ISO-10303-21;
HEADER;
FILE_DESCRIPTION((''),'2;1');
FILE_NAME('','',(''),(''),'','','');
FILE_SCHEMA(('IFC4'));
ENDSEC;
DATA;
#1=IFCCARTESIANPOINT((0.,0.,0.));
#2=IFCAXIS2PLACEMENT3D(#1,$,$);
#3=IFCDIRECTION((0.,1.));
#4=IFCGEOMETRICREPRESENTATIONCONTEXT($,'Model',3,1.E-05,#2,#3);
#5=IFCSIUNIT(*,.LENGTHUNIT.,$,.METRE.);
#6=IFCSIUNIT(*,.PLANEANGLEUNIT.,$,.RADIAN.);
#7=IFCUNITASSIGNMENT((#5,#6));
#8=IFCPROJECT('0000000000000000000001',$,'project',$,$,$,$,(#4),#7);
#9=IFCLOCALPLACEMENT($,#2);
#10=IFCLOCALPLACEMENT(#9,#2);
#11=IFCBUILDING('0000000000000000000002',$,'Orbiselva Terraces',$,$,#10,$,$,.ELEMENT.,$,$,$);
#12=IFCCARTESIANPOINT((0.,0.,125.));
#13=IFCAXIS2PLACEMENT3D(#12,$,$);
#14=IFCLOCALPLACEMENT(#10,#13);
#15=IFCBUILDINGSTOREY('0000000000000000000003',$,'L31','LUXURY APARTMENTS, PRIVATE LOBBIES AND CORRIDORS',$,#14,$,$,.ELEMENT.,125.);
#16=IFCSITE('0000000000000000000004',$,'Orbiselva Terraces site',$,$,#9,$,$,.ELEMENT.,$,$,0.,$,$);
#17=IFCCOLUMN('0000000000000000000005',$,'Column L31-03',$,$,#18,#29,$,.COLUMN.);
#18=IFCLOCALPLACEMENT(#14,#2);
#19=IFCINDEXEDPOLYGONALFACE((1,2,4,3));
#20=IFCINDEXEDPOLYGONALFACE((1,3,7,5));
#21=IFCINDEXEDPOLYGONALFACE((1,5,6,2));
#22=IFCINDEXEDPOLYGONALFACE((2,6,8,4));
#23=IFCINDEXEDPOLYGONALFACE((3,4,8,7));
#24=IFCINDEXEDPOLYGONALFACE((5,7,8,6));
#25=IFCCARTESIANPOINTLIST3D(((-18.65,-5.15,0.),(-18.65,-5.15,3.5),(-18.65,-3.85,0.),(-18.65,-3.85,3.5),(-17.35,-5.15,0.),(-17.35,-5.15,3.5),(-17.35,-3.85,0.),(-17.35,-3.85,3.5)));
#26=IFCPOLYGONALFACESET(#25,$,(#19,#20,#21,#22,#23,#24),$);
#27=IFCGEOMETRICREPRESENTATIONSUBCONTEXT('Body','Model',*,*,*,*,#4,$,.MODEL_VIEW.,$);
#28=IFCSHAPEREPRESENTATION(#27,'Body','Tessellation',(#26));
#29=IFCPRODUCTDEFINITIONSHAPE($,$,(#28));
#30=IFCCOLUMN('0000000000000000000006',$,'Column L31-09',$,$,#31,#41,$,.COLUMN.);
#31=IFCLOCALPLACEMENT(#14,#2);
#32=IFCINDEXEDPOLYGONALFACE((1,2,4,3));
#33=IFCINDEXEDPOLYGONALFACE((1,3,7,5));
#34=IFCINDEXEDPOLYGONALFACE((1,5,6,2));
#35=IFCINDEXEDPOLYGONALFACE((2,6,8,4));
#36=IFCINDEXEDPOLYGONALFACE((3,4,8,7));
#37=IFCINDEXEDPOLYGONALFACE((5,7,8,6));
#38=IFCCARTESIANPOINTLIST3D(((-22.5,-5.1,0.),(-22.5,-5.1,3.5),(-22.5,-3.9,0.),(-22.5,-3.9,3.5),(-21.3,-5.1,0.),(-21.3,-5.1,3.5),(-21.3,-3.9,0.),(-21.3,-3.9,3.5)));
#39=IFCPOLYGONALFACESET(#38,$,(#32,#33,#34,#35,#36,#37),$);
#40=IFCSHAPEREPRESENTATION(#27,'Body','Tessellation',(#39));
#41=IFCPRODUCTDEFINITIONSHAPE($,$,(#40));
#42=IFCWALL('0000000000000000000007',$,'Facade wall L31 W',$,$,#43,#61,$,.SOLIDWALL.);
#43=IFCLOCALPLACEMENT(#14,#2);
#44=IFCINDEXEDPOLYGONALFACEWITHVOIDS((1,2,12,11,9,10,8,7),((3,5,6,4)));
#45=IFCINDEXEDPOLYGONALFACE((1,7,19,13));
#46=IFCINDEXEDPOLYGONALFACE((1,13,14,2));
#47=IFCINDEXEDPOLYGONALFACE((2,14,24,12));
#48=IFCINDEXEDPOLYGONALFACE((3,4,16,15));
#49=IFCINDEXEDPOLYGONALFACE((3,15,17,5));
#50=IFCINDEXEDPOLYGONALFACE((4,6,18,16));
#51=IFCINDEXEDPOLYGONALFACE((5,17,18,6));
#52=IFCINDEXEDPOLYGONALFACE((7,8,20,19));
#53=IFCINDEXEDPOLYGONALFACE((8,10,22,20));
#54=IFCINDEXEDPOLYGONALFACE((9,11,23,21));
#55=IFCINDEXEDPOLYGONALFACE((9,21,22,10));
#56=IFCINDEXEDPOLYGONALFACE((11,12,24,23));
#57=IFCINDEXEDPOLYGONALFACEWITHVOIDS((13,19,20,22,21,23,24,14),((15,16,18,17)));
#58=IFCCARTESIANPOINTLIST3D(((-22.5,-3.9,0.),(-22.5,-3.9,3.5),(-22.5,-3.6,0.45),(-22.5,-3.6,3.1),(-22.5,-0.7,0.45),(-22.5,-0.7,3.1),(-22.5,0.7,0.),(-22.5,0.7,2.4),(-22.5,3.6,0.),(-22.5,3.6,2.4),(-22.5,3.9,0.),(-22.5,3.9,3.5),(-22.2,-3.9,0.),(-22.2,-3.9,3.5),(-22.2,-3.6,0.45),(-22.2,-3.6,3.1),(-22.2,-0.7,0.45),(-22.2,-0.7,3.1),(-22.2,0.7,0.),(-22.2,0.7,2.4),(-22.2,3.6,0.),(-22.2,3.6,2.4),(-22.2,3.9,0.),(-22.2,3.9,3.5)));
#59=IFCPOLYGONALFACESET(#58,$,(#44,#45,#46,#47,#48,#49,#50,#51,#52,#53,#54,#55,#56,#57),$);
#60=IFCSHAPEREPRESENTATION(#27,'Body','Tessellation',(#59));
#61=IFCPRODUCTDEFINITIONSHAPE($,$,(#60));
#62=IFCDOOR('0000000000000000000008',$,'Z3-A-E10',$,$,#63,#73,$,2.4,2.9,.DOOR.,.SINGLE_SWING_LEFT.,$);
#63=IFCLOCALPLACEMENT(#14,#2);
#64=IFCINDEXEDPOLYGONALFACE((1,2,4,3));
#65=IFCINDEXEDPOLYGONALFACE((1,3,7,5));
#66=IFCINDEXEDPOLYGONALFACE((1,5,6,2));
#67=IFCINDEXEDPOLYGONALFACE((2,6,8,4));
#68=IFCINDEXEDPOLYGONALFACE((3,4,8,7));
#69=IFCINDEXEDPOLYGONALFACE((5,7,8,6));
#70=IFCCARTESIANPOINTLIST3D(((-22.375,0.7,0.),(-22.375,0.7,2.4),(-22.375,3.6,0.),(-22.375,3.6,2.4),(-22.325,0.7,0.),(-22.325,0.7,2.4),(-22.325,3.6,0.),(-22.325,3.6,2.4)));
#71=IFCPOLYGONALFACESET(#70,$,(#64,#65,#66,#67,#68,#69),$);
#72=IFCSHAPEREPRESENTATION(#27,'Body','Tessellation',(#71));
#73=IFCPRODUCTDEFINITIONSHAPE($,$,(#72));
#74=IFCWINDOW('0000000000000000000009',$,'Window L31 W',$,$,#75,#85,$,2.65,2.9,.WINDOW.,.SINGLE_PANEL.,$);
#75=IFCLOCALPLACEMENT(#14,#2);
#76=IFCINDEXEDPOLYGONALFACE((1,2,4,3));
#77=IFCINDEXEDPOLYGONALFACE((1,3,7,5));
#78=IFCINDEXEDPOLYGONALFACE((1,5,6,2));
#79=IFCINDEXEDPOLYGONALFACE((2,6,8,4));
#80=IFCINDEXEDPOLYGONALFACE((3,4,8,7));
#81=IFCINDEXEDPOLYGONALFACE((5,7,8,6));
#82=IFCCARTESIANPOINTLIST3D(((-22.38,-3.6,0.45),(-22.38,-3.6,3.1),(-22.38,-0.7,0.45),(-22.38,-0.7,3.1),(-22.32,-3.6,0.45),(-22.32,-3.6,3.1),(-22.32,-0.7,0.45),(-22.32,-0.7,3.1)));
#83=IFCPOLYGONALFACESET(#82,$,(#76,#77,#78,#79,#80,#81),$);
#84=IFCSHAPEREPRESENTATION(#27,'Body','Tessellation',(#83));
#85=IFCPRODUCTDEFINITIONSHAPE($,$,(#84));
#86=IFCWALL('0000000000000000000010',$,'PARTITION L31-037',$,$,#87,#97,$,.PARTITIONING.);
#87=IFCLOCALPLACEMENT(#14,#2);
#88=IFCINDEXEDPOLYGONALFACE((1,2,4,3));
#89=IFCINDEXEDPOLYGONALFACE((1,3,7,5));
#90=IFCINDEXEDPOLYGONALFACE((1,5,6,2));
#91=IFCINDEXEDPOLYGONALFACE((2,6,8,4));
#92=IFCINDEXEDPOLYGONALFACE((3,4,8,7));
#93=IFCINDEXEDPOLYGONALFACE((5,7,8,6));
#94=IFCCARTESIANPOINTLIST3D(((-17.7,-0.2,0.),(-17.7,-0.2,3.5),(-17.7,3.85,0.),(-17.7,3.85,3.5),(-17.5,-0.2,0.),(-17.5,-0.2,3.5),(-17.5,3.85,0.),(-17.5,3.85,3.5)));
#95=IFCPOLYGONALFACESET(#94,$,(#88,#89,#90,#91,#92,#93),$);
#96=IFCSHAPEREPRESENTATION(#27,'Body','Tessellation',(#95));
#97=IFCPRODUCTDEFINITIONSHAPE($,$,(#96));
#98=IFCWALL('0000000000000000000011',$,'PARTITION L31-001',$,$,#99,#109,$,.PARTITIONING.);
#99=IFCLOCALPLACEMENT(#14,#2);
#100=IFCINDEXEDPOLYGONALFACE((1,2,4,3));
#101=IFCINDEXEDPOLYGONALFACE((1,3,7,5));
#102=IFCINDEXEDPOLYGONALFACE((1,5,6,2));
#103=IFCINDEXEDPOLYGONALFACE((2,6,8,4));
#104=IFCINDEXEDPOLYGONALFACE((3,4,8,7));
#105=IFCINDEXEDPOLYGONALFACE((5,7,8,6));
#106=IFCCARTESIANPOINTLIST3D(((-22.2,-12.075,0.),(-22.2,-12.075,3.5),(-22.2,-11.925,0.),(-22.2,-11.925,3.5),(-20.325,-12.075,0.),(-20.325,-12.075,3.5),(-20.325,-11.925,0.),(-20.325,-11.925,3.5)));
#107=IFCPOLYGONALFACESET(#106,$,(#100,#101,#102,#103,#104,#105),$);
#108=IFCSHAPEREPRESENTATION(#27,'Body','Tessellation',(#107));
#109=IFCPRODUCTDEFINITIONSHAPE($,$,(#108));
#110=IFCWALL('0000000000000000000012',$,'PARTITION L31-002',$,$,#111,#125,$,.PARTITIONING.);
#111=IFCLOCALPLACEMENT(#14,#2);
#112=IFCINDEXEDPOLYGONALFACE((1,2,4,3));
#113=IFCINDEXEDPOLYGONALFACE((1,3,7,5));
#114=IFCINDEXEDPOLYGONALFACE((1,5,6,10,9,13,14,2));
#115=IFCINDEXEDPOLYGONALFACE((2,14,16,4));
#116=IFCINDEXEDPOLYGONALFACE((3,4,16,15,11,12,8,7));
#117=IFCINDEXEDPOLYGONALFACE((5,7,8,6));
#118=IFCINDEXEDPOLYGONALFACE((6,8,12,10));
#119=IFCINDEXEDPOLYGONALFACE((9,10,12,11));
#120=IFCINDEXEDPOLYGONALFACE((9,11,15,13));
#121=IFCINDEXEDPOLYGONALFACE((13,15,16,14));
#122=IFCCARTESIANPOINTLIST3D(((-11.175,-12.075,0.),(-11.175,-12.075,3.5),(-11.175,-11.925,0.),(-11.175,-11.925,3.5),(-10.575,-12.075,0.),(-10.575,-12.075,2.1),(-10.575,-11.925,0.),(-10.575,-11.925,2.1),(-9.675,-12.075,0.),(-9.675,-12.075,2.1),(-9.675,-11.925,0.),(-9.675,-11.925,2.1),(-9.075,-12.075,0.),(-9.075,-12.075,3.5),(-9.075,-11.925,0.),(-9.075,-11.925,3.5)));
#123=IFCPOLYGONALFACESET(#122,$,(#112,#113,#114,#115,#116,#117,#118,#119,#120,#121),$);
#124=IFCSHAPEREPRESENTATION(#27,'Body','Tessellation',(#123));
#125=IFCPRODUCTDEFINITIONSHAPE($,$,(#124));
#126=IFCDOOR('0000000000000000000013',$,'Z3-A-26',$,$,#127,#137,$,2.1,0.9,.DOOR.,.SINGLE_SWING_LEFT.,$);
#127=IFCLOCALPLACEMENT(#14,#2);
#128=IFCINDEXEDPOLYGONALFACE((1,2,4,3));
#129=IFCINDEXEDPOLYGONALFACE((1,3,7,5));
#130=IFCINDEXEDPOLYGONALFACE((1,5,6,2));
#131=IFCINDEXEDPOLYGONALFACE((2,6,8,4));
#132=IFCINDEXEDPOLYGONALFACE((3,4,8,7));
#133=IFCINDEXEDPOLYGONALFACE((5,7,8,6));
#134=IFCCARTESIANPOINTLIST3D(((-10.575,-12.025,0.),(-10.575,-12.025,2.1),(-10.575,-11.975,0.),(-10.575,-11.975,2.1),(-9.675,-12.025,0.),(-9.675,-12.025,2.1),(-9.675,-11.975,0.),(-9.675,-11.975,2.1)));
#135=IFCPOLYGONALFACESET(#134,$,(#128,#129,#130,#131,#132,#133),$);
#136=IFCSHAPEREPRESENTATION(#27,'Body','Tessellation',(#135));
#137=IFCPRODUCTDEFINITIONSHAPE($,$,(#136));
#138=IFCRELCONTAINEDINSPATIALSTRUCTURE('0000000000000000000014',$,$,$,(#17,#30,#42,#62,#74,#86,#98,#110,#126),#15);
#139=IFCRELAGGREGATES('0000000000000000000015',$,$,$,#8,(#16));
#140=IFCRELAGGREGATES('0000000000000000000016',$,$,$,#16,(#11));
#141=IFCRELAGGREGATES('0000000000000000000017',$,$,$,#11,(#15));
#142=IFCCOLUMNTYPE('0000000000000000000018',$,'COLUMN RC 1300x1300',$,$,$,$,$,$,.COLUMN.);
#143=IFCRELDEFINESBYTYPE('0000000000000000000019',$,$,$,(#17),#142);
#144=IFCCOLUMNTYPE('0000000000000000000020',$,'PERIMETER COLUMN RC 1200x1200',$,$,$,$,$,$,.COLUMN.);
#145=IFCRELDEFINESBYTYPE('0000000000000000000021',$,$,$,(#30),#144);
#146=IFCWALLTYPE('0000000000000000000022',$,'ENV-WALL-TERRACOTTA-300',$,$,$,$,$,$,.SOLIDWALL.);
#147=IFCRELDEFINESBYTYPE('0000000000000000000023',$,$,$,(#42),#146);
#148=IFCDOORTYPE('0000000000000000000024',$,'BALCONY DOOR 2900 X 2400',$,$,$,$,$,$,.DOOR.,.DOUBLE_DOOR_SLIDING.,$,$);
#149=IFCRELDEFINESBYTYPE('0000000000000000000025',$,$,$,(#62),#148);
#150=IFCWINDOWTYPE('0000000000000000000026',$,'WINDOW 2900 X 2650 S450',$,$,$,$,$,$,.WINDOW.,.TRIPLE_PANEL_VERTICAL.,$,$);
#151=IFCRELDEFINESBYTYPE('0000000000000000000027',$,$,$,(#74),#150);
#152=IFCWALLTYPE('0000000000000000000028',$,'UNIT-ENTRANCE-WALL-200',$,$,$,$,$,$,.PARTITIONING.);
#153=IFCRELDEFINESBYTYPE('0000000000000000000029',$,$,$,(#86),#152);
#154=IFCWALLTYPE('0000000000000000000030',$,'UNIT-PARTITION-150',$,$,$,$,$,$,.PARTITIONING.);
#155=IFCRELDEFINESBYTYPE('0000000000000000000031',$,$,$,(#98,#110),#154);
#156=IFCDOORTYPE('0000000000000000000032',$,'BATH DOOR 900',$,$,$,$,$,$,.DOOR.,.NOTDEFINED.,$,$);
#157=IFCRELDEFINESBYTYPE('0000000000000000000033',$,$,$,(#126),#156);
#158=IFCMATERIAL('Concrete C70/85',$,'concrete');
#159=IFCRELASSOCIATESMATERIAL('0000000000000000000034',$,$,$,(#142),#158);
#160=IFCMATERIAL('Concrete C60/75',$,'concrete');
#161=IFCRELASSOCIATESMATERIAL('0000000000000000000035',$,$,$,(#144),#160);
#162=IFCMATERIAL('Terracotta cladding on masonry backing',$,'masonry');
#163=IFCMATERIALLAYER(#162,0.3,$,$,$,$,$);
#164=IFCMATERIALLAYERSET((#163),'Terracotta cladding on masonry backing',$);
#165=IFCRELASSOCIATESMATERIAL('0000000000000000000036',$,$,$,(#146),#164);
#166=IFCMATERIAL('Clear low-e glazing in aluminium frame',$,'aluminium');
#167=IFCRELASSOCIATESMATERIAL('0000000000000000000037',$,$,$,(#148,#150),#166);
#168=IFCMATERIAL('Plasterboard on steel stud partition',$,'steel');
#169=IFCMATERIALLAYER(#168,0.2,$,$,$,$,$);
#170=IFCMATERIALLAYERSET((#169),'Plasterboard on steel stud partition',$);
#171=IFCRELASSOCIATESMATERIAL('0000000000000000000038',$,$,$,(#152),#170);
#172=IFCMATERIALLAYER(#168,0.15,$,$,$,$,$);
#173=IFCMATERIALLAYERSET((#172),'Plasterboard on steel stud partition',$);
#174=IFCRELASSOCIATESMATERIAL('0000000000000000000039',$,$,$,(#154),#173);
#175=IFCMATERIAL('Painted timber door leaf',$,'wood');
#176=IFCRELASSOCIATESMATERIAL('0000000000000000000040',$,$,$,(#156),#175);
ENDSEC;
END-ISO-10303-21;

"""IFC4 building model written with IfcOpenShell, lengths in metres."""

from ifc_helpers import new_model, si_unit, direction, frame, frame_2d, origin, origin_2d, place, context, subcontext, project, spatial, rectangle, extrude, material, layer, layer_set, material_profile, profile_set, type_object, element, fill, save


model = new_model("IFC4")

# Units and contexts
model_context = context("Model", 3, precision=1e-05, world=origin(), true_north=direction((0.0, 1.0)))
body_context = subcontext(model_context, "Body", "Model", "MODEL_VIEW")
ifc_project = project(units=[si_unit("LENGTHUNIT", "METRE"), si_unit("PLANEANGLEUNIT", "RADIAN")], contexts=[model_context])

# Site, building, storey
site_placement = place(None, origin())
site = spatial("IfcSite", under=ifc_project, at=site_placement, Name="Orbiselva Terraces site", CompositionType="ELEMENT", RefElevation=0.0)
building_placement = place(site_placement, origin())
building = spatial("IfcBuilding", under=site, at=building_placement, Name="Orbiselva Terraces", CompositionType="ELEMENT")
storey_placement = place(building_placement, frame((0.0, 0.0, 125.0)))
storey = spatial("IfcBuildingStorey", under=building, at=storey_placement, Name="L31", Description="LUXURY APARTMENTS, PRIVATE LOBBIES AND CORRIDORS", CompositionType="ELEMENT", Elevation=125.0)

# Columns
ifc_material_1 = material(Name="Concrete C70/85", Category="concrete")
ifc_material_profile_1 = material_profile(ifc_material_1, rectangle(XDim=1.3, YDim=1.3, at=origin_2d()), Name="RC 1300x1300")
ifc_profile_set_1 = profile_set([ifc_material_profile_1], Name="Concrete C70/85")
column_type_1 = type_object("IfcColumnType", Name="COLUMN RC 1300x1300", PredefinedType="COLUMN", material=ifc_profile_set_1)
column_1_placement = place(storey_placement, frame((-18.0, -4.5, 0.0), z_axis=(0.0, 0.0, 1.0), x_axis=(1.0, 0.0, 0.0)))
element("IfcColumn", 1, at=column_1_placement, inside=storey, type_object=column_type_1, Name="Column L31-03", PredefinedType="COLUMN", context=body_context, shape_type="SweptSolid", body=[
    extrude(rectangle(XDim=1.3, YDim=1.3, at=origin_2d()), origin(), (0.0, 0.0, 1.0), 3.5),
])
ifc_material_2 = material(Name="Concrete C60/75", Category="concrete")
ifc_material_profile_2 = material_profile(ifc_material_2, rectangle(XDim=1.2, YDim=1.2, at=origin_2d()), Name="RC 1200x1200")
ifc_profile_set_2 = profile_set([ifc_material_profile_2], Name="Concrete C60/75")
column_type_2 = type_object("IfcColumnType", Name="PERIMETER COLUMN RC 1200x1200", PredefinedType="COLUMN", material=ifc_profile_set_2)
column_2_placement = place(storey_placement, frame((-21.9, -4.5, 0.0), z_axis=(0.0, 0.0, 1.0), x_axis=(1.0, 0.0, 0.0)))
element("IfcColumn", 2, at=column_2_placement, inside=storey, type_object=column_type_2, Name="Column L31-09", PredefinedType="COLUMN", context=body_context, shape_type="SweptSolid", body=[
    extrude(rectangle(XDim=1.2, YDim=1.2, at=origin_2d()), origin(), (0.0, 0.0, 1.0), 3.5),
])

# Wall, openings, door, window
ifc_material_3 = material(Name="Terracotta cladding on masonry backing", Category="masonry")
ifc_layer_1 = layer(ifc_material_3, 0.3)
ifc_layer_set_1 = layer_set([ifc_layer_1], Name="Terracotta cladding on masonry backing")
wall_type_1 = type_object("IfcWallType", Name="ENV-WALL-TERRACOTTA-300", PredefinedType="SOLIDWALL", material=ifc_layer_set_1)
wall_1_placement = place(storey_placement, frame((-22.35, -3.9, 0.0), z_axis=(0.0, 0.0, 1.0), x_axis=(0.0, 1.0, 0.0)))
wall_1 = element("IfcWall", 3, at=wall_1_placement, inside=storey, type_object=wall_type_1, Name="Facade wall L31 W", PredefinedType="SOLIDWALL", context=body_context, shape_type="SweptSolid", body=[
    extrude(rectangle(XDim=7.8, YDim=0.3, at=frame_2d((3.9, 0.0))), origin(), (0.0, 0.0, 1.0), 3.5),
])
opening_1_placement = place(wall_1_placement, frame((4.6, 0.0, 0.0)))
opening_1 = element("IfcOpeningElement", 4, at=opening_1_placement, cuts=wall_1, PredefinedType="OPENING", context=body_context, shape_type="SweptSolid", body=[
    extrude(rectangle(XDim=2.9, YDim=2.4, at=frame_2d((1.45, 1.2))), frame((0.0, 0.16, 0.0), z_axis=(0.0, -1.0, 0.0), x_axis=(1.0, 0.0, 0.0)), (0.0, 0.0, 1.0), 0.32),
])
opening_2_placement = place(wall_1_placement, frame((0.3, 0.0, 0.45)))
opening_2 = element("IfcOpeningElement", 5, at=opening_2_placement, cuts=wall_1, PredefinedType="OPENING", context=body_context, shape_type="SweptSolid", body=[
    extrude(rectangle(XDim=2.9, YDim=2.65, at=frame_2d((1.45, 1.325))), frame((0.0, 0.16, 0.0), z_axis=(0.0, -1.0, 0.0), x_axis=(1.0, 0.0, 0.0)), (0.0, 0.0, 1.0), 0.32),
])
ifc_material_4 = material(Name="Clear low-e glazing in aluminium frame", Category="aluminium")
door_type_1 = type_object("IfcDoorType", Name="BALCONY DOOR 2900 X 2400", OperationType="DOUBLE_DOOR_SLIDING", PredefinedType="DOOR", material=ifc_material_4)
door_1_placement = place(opening_1_placement, origin())
door_1 = element("IfcDoor", 6, at=door_1_placement, inside=storey, type_object=door_type_1, Name="Z3-A-E10", OperationType="SINGLE_SWING_LEFT", OverallHeight=2.4, OverallWidth=2.9, PredefinedType="DOOR", context=body_context, shape_type="SweptSolid", body=[
    extrude(rectangle(XDim=2.9, YDim=2.4, at=frame_2d((1.45, 1.2))), frame((0.0, 0.025, 0.0), z_axis=(0.0, -1.0, 0.0), x_axis=(1.0, 0.0, 0.0)), (0.0, 0.0, 1.0), 0.05),
])
fill(opening_1, door_1)
window_type = type_object("IfcWindowType", Name="WINDOW 2900 X 2650 S450", PartitioningType="TRIPLE_PANEL_VERTICAL", PredefinedType="WINDOW", material=ifc_material_4)
window_placement = place(opening_2_placement, origin())
window = element("IfcWindow", 7, at=window_placement, inside=storey, type_object=window_type, Name="Window L31 W", OverallHeight=2.65, OverallWidth=2.9, PartitioningType="SINGLE_PANEL", PredefinedType="WINDOW", context=body_context, shape_type="SweptSolid", body=[
    extrude(rectangle(XDim=2.9, YDim=2.65, at=frame_2d((1.45, 1.325))), frame((0.0, 0.03, 0.0), z_axis=(0.0, -1.0, 0.0), x_axis=(1.0, 0.0, 0.0)), (0.0, 0.0, 1.0), 0.06),
])
fill(opening_2, window)

# Walls
ifc_material_5 = material(Name="Plasterboard on steel stud partition", Category="steel")
ifc_layer_2 = layer(ifc_material_5, 0.2)
ifc_layer_set_2 = layer_set([ifc_layer_2], Name="Plasterboard on steel stud partition")
wall_type_2 = type_object("IfcWallType", Name="UNIT-ENTRANCE-WALL-200", PredefinedType="PARTITIONING", material=ifc_layer_set_2)
wall_2_placement = place(storey_placement, frame((-17.6, -0.2, 0.0), z_axis=(0.0, 0.0, 1.0), x_axis=(0.0, 1.0, 0.0)))
element("IfcWall", 8, at=wall_2_placement, inside=storey, type_object=wall_type_2, Name="PARTITION L31-037", PredefinedType="PARTITIONING", context=body_context, shape_type="SweptSolid", body=[
    extrude(rectangle(XDim=4.05, YDim=0.2, at=frame_2d((2.025, 0.0))), origin(), (0.0, 0.0, 1.0), 3.5),
])
ifc_layer_3 = layer(ifc_material_5, 0.15)
ifc_layer_set_3 = layer_set([ifc_layer_3], Name="Plasterboard on steel stud partition")
wall_type_3 = type_object("IfcWallType", Name="UNIT-PARTITION-150", PredefinedType="PARTITIONING", material=ifc_layer_set_3)
wall_3_placement = place(storey_placement, frame((-22.2, -12.0, 0.0), z_axis=(0.0, 0.0, 1.0), x_axis=(1.0, 0.0, 0.0)))
element("IfcWall", 9, at=wall_3_placement, inside=storey, type_object=wall_type_3, Name="PARTITION L31-001", PredefinedType="PARTITIONING", context=body_context, shape_type="SweptSolid", body=[
    extrude(rectangle(XDim=1.875, YDim=0.15, at=frame_2d((0.9375, 0.0))), origin(), (0.0, 0.0, 1.0), 3.5),
])

# Wall, opening, door
wall_4_placement = place(storey_placement, frame((-11.175, -12.0, 0.0), z_axis=(0.0, 0.0, 1.0), x_axis=(1.0, 0.0, 0.0)))
wall_4 = element("IfcWall", 10, at=wall_4_placement, inside=storey, type_object=wall_type_3, Name="PARTITION L31-002", PredefinedType="PARTITIONING", context=body_context, shape_type="SweptSolid", body=[
    extrude(rectangle(XDim=2.1, YDim=0.15, at=frame_2d((1.05, 0.0))), origin(), (0.0, 0.0, 1.0), 3.5),
])
opening_3_placement = place(wall_4_placement, frame((0.6, 0.0, 0.0)))
opening_3 = element("IfcOpeningElement", 11, at=opening_3_placement, cuts=wall_4, PredefinedType="OPENING", context=body_context, shape_type="SweptSolid", body=[
    extrude(rectangle(XDim=0.9, YDim=2.1, at=frame_2d((0.45, 1.05))), frame((0.0, 0.085, 0.0), z_axis=(0.0, -1.0, 0.0), x_axis=(1.0, 0.0, 0.0)), (0.0, 0.0, 1.0), 0.17),
])
ifc_material_6 = material(Name="Painted timber door leaf", Category="wood")
door_type_2 = type_object("IfcDoorType", Name="BATH DOOR 900", OperationType="NOTDEFINED", PredefinedType="DOOR", material=ifc_material_6)
door_2_placement = place(opening_3_placement, origin())
door_2 = element("IfcDoor", 12, at=door_2_placement, inside=storey, type_object=door_type_2, Name="Z3-A-26", OperationType="SINGLE_SWING_LEFT", OverallHeight=2.1, OverallWidth=0.9, PredefinedType="DOOR", context=body_context, shape_type="SweptSolid", body=[
    extrude(rectangle(XDim=0.9, YDim=2.1, at=frame_2d((0.45, 1.05))), frame((0.0, 0.025, 0.0), z_axis=(0.0, -1.0, 0.0), x_axis=(1.0, 0.0, 0.0)), (0.0, 0.0, 1.0), 0.05),
])
fill(opening_3, door_2)

save(model, "model.ifc")
